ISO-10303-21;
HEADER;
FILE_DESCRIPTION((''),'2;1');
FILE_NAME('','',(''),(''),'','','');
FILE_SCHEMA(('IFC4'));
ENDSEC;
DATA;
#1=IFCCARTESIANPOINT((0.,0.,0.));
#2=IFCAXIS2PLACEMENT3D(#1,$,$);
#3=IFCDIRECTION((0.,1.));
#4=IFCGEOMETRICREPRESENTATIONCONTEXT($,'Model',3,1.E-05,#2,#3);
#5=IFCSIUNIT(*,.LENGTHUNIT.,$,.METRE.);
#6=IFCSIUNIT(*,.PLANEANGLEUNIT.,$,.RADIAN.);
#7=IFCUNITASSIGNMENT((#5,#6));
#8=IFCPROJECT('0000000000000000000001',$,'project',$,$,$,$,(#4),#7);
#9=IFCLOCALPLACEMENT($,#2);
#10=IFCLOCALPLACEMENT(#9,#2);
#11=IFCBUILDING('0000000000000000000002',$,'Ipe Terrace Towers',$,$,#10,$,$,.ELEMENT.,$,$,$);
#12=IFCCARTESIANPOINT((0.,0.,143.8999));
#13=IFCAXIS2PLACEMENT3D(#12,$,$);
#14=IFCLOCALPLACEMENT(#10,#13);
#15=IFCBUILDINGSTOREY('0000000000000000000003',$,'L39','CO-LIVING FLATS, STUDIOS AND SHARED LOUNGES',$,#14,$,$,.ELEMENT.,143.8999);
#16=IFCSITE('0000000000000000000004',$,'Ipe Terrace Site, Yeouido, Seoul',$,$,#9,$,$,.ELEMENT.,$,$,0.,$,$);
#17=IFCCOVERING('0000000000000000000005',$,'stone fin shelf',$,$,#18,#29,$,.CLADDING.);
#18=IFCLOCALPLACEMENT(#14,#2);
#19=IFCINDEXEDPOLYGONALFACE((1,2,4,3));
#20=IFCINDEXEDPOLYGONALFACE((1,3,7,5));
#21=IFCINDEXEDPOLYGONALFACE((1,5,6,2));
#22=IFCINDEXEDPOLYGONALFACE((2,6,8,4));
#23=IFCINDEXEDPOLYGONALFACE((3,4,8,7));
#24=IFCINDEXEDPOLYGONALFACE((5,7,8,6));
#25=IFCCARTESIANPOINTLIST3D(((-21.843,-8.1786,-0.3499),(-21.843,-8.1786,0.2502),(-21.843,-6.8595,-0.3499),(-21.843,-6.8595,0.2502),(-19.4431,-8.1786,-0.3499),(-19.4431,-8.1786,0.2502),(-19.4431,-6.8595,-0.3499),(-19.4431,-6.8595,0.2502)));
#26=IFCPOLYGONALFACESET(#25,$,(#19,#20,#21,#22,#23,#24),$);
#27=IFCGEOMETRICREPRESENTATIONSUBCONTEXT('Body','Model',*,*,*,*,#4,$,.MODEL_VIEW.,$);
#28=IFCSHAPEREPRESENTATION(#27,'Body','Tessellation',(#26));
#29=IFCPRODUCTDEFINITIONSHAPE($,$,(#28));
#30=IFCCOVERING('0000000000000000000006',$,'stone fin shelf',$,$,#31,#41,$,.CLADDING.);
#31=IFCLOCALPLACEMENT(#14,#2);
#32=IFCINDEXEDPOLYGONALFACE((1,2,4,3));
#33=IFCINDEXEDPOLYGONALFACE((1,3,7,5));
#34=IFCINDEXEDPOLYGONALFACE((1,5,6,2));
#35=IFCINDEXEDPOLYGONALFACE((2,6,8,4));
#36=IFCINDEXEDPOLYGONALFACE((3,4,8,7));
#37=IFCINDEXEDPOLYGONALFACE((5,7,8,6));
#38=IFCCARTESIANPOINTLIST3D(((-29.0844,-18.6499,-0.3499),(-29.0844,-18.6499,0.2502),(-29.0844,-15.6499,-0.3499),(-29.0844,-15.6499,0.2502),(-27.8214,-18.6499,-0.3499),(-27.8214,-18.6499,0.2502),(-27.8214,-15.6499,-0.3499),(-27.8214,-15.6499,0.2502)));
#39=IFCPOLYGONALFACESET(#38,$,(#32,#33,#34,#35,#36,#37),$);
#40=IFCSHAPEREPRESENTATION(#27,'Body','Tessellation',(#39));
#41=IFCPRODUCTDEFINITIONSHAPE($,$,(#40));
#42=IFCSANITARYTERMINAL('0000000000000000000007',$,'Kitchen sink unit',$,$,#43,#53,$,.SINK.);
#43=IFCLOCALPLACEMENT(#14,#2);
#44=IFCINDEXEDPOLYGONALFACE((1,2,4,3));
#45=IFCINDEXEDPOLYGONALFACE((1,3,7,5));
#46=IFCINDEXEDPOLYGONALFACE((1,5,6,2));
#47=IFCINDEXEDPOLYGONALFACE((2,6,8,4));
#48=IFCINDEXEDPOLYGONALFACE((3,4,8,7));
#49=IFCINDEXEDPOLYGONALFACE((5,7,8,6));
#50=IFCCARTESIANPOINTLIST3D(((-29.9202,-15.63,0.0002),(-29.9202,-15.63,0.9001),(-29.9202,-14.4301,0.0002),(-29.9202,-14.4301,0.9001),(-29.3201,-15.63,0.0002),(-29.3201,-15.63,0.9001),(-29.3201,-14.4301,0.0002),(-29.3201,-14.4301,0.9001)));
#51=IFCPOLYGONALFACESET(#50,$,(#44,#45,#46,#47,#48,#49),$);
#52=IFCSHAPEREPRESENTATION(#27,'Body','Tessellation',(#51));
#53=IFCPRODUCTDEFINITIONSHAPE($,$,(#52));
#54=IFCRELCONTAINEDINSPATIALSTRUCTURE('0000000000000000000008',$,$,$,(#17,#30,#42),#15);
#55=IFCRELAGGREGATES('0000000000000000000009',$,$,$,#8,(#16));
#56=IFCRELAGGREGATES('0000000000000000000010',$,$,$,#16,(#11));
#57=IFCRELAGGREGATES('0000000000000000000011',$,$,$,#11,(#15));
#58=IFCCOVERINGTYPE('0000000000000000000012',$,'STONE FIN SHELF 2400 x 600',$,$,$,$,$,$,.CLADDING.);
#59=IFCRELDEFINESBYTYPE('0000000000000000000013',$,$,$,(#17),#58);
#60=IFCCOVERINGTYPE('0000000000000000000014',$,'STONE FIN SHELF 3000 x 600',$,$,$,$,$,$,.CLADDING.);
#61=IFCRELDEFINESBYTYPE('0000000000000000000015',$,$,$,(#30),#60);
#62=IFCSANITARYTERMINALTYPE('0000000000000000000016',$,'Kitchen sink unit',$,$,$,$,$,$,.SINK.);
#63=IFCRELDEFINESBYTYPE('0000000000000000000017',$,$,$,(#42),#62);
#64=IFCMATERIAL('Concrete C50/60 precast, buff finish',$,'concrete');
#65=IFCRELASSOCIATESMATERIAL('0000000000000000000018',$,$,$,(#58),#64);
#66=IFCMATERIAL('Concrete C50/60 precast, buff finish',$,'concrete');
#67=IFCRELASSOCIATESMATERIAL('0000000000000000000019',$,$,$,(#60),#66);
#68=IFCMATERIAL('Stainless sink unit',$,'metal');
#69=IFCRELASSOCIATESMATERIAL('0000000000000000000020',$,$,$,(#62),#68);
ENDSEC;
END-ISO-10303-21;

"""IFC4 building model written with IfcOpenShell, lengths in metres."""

from ifc_helpers import new_model, si_unit, direction, frame, origin, origin_2d, place, context, subcontext, project, spatial, rectangle, extrude, material, type_object, element, save


model = new_model("IFC4")

# Units and contexts
model_context = context("Model", 3, precision=1e-05, world=origin(), true_north=direction((0.0, 1.0)))
body_context = subcontext(model_context, "Body", "Model", "MODEL_VIEW")
ifc_project = project(units=[si_unit("LENGTHUNIT", "METRE"), si_unit("PLANEANGLEUNIT", "RADIAN")], contexts=[model_context])

# Site, building, storey
site_placement = place(None, origin())
site = spatial("IfcSite", under=ifc_project, at=site_placement, Name="Ipe Terrace Site, Yeouido, Seoul", CompositionType="ELEMENT", RefElevation=0.0)
building_placement = place(site_placement, origin())
building = spatial("IfcBuilding", under=site, at=building_placement, Name="Ipe Terrace Towers", CompositionType="ELEMENT")
storey_placement = place(building_placement, frame((0.0, 0.0, 143.8999)))
storey = spatial("IfcBuildingStorey", under=building, at=storey_placement, Name="L39", Description="CO-LIVING FLATS, STUDIOS AND SHARED LOUNGES", CompositionType="ELEMENT", Elevation=143.8999)

# Coverings
ifc_material_1 = material(Name="Concrete C50/60 precast, buff finish", Category="concrete")
covering_type_1 = type_object("IfcCoveringType", Name="STONE FIN SHELF 2400 x 600", PredefinedType="CLADDING", material=ifc_material_1)
covering_1_placement = place(storey_placement, frame((-20.6431, -7.519, -0.3499), z_axis=(0.0, 0.0, 1.0), x_axis=(1.0, 0.0, 0.0)))
element("IfcCovering", 1, at=covering_1_placement, inside=storey, type_object=covering_type_1, Name="stone fin shelf", PredefinedType="CLADDING", context=body_context, shape_type="SweptSolid", body=[
    extrude(rectangle(XDim=2.3999, YDim=1.3191, at=origin_2d()), origin(), (0.0, 0.0, 1.0), 0.6001),
])
ifc_material_2 = material(Name="Concrete C50/60 precast, buff finish", Category="concrete")
covering_type_2 = type_object("IfcCoveringType", Name="STONE FIN SHELF 3000 x 600", PredefinedType="CLADDING", material=ifc_material_2)
covering_2_placement = place(storey_placement, frame((-28.4529, -17.1499, -0.3499), z_axis=(0.0, 0.0, 1.0), x_axis=(0.0, 1.0, 0.0)))
element("IfcCovering", 2, at=covering_2_placement, inside=storey, type_object=covering_type_2, Name="stone fin shelf", PredefinedType="CLADDING", context=body_context, shape_type="SweptSolid", body=[
    extrude(rectangle(XDim=3.0, YDim=1.2629, at=origin_2d()), origin(), (0.0, 0.0, 1.0), 0.6001),
])

# Sanitary terminal
ifc_material_3 = material(Name="Stainless sink unit", Category="metal")
sanitary_terminal_type = type_object("IfcSanitaryTerminalType", Name="Kitchen sink unit", PredefinedType="SINK", material=ifc_material_3)
sanitary_terminal_placement = place(storey_placement, frame((-29.6201, -15.03, 0.0002), z_axis=(0.0, 0.0, 1.0), x_axis=(0.0, -1.0, 0.0)))
element("IfcSanitaryTerminal", 3, at=sanitary_terminal_placement, inside=storey, type_object=sanitary_terminal_type, Name="Kitchen sink unit", PredefinedType="SINK", context=body_context, shape_type="SweptSolid", body=[
    extrude(rectangle(XDim=1.2, YDim=0.6001, at=origin_2d()), origin(), (0.0, 0.0, 1.0), 0.8999),
])

save(model, "model.ifc")
